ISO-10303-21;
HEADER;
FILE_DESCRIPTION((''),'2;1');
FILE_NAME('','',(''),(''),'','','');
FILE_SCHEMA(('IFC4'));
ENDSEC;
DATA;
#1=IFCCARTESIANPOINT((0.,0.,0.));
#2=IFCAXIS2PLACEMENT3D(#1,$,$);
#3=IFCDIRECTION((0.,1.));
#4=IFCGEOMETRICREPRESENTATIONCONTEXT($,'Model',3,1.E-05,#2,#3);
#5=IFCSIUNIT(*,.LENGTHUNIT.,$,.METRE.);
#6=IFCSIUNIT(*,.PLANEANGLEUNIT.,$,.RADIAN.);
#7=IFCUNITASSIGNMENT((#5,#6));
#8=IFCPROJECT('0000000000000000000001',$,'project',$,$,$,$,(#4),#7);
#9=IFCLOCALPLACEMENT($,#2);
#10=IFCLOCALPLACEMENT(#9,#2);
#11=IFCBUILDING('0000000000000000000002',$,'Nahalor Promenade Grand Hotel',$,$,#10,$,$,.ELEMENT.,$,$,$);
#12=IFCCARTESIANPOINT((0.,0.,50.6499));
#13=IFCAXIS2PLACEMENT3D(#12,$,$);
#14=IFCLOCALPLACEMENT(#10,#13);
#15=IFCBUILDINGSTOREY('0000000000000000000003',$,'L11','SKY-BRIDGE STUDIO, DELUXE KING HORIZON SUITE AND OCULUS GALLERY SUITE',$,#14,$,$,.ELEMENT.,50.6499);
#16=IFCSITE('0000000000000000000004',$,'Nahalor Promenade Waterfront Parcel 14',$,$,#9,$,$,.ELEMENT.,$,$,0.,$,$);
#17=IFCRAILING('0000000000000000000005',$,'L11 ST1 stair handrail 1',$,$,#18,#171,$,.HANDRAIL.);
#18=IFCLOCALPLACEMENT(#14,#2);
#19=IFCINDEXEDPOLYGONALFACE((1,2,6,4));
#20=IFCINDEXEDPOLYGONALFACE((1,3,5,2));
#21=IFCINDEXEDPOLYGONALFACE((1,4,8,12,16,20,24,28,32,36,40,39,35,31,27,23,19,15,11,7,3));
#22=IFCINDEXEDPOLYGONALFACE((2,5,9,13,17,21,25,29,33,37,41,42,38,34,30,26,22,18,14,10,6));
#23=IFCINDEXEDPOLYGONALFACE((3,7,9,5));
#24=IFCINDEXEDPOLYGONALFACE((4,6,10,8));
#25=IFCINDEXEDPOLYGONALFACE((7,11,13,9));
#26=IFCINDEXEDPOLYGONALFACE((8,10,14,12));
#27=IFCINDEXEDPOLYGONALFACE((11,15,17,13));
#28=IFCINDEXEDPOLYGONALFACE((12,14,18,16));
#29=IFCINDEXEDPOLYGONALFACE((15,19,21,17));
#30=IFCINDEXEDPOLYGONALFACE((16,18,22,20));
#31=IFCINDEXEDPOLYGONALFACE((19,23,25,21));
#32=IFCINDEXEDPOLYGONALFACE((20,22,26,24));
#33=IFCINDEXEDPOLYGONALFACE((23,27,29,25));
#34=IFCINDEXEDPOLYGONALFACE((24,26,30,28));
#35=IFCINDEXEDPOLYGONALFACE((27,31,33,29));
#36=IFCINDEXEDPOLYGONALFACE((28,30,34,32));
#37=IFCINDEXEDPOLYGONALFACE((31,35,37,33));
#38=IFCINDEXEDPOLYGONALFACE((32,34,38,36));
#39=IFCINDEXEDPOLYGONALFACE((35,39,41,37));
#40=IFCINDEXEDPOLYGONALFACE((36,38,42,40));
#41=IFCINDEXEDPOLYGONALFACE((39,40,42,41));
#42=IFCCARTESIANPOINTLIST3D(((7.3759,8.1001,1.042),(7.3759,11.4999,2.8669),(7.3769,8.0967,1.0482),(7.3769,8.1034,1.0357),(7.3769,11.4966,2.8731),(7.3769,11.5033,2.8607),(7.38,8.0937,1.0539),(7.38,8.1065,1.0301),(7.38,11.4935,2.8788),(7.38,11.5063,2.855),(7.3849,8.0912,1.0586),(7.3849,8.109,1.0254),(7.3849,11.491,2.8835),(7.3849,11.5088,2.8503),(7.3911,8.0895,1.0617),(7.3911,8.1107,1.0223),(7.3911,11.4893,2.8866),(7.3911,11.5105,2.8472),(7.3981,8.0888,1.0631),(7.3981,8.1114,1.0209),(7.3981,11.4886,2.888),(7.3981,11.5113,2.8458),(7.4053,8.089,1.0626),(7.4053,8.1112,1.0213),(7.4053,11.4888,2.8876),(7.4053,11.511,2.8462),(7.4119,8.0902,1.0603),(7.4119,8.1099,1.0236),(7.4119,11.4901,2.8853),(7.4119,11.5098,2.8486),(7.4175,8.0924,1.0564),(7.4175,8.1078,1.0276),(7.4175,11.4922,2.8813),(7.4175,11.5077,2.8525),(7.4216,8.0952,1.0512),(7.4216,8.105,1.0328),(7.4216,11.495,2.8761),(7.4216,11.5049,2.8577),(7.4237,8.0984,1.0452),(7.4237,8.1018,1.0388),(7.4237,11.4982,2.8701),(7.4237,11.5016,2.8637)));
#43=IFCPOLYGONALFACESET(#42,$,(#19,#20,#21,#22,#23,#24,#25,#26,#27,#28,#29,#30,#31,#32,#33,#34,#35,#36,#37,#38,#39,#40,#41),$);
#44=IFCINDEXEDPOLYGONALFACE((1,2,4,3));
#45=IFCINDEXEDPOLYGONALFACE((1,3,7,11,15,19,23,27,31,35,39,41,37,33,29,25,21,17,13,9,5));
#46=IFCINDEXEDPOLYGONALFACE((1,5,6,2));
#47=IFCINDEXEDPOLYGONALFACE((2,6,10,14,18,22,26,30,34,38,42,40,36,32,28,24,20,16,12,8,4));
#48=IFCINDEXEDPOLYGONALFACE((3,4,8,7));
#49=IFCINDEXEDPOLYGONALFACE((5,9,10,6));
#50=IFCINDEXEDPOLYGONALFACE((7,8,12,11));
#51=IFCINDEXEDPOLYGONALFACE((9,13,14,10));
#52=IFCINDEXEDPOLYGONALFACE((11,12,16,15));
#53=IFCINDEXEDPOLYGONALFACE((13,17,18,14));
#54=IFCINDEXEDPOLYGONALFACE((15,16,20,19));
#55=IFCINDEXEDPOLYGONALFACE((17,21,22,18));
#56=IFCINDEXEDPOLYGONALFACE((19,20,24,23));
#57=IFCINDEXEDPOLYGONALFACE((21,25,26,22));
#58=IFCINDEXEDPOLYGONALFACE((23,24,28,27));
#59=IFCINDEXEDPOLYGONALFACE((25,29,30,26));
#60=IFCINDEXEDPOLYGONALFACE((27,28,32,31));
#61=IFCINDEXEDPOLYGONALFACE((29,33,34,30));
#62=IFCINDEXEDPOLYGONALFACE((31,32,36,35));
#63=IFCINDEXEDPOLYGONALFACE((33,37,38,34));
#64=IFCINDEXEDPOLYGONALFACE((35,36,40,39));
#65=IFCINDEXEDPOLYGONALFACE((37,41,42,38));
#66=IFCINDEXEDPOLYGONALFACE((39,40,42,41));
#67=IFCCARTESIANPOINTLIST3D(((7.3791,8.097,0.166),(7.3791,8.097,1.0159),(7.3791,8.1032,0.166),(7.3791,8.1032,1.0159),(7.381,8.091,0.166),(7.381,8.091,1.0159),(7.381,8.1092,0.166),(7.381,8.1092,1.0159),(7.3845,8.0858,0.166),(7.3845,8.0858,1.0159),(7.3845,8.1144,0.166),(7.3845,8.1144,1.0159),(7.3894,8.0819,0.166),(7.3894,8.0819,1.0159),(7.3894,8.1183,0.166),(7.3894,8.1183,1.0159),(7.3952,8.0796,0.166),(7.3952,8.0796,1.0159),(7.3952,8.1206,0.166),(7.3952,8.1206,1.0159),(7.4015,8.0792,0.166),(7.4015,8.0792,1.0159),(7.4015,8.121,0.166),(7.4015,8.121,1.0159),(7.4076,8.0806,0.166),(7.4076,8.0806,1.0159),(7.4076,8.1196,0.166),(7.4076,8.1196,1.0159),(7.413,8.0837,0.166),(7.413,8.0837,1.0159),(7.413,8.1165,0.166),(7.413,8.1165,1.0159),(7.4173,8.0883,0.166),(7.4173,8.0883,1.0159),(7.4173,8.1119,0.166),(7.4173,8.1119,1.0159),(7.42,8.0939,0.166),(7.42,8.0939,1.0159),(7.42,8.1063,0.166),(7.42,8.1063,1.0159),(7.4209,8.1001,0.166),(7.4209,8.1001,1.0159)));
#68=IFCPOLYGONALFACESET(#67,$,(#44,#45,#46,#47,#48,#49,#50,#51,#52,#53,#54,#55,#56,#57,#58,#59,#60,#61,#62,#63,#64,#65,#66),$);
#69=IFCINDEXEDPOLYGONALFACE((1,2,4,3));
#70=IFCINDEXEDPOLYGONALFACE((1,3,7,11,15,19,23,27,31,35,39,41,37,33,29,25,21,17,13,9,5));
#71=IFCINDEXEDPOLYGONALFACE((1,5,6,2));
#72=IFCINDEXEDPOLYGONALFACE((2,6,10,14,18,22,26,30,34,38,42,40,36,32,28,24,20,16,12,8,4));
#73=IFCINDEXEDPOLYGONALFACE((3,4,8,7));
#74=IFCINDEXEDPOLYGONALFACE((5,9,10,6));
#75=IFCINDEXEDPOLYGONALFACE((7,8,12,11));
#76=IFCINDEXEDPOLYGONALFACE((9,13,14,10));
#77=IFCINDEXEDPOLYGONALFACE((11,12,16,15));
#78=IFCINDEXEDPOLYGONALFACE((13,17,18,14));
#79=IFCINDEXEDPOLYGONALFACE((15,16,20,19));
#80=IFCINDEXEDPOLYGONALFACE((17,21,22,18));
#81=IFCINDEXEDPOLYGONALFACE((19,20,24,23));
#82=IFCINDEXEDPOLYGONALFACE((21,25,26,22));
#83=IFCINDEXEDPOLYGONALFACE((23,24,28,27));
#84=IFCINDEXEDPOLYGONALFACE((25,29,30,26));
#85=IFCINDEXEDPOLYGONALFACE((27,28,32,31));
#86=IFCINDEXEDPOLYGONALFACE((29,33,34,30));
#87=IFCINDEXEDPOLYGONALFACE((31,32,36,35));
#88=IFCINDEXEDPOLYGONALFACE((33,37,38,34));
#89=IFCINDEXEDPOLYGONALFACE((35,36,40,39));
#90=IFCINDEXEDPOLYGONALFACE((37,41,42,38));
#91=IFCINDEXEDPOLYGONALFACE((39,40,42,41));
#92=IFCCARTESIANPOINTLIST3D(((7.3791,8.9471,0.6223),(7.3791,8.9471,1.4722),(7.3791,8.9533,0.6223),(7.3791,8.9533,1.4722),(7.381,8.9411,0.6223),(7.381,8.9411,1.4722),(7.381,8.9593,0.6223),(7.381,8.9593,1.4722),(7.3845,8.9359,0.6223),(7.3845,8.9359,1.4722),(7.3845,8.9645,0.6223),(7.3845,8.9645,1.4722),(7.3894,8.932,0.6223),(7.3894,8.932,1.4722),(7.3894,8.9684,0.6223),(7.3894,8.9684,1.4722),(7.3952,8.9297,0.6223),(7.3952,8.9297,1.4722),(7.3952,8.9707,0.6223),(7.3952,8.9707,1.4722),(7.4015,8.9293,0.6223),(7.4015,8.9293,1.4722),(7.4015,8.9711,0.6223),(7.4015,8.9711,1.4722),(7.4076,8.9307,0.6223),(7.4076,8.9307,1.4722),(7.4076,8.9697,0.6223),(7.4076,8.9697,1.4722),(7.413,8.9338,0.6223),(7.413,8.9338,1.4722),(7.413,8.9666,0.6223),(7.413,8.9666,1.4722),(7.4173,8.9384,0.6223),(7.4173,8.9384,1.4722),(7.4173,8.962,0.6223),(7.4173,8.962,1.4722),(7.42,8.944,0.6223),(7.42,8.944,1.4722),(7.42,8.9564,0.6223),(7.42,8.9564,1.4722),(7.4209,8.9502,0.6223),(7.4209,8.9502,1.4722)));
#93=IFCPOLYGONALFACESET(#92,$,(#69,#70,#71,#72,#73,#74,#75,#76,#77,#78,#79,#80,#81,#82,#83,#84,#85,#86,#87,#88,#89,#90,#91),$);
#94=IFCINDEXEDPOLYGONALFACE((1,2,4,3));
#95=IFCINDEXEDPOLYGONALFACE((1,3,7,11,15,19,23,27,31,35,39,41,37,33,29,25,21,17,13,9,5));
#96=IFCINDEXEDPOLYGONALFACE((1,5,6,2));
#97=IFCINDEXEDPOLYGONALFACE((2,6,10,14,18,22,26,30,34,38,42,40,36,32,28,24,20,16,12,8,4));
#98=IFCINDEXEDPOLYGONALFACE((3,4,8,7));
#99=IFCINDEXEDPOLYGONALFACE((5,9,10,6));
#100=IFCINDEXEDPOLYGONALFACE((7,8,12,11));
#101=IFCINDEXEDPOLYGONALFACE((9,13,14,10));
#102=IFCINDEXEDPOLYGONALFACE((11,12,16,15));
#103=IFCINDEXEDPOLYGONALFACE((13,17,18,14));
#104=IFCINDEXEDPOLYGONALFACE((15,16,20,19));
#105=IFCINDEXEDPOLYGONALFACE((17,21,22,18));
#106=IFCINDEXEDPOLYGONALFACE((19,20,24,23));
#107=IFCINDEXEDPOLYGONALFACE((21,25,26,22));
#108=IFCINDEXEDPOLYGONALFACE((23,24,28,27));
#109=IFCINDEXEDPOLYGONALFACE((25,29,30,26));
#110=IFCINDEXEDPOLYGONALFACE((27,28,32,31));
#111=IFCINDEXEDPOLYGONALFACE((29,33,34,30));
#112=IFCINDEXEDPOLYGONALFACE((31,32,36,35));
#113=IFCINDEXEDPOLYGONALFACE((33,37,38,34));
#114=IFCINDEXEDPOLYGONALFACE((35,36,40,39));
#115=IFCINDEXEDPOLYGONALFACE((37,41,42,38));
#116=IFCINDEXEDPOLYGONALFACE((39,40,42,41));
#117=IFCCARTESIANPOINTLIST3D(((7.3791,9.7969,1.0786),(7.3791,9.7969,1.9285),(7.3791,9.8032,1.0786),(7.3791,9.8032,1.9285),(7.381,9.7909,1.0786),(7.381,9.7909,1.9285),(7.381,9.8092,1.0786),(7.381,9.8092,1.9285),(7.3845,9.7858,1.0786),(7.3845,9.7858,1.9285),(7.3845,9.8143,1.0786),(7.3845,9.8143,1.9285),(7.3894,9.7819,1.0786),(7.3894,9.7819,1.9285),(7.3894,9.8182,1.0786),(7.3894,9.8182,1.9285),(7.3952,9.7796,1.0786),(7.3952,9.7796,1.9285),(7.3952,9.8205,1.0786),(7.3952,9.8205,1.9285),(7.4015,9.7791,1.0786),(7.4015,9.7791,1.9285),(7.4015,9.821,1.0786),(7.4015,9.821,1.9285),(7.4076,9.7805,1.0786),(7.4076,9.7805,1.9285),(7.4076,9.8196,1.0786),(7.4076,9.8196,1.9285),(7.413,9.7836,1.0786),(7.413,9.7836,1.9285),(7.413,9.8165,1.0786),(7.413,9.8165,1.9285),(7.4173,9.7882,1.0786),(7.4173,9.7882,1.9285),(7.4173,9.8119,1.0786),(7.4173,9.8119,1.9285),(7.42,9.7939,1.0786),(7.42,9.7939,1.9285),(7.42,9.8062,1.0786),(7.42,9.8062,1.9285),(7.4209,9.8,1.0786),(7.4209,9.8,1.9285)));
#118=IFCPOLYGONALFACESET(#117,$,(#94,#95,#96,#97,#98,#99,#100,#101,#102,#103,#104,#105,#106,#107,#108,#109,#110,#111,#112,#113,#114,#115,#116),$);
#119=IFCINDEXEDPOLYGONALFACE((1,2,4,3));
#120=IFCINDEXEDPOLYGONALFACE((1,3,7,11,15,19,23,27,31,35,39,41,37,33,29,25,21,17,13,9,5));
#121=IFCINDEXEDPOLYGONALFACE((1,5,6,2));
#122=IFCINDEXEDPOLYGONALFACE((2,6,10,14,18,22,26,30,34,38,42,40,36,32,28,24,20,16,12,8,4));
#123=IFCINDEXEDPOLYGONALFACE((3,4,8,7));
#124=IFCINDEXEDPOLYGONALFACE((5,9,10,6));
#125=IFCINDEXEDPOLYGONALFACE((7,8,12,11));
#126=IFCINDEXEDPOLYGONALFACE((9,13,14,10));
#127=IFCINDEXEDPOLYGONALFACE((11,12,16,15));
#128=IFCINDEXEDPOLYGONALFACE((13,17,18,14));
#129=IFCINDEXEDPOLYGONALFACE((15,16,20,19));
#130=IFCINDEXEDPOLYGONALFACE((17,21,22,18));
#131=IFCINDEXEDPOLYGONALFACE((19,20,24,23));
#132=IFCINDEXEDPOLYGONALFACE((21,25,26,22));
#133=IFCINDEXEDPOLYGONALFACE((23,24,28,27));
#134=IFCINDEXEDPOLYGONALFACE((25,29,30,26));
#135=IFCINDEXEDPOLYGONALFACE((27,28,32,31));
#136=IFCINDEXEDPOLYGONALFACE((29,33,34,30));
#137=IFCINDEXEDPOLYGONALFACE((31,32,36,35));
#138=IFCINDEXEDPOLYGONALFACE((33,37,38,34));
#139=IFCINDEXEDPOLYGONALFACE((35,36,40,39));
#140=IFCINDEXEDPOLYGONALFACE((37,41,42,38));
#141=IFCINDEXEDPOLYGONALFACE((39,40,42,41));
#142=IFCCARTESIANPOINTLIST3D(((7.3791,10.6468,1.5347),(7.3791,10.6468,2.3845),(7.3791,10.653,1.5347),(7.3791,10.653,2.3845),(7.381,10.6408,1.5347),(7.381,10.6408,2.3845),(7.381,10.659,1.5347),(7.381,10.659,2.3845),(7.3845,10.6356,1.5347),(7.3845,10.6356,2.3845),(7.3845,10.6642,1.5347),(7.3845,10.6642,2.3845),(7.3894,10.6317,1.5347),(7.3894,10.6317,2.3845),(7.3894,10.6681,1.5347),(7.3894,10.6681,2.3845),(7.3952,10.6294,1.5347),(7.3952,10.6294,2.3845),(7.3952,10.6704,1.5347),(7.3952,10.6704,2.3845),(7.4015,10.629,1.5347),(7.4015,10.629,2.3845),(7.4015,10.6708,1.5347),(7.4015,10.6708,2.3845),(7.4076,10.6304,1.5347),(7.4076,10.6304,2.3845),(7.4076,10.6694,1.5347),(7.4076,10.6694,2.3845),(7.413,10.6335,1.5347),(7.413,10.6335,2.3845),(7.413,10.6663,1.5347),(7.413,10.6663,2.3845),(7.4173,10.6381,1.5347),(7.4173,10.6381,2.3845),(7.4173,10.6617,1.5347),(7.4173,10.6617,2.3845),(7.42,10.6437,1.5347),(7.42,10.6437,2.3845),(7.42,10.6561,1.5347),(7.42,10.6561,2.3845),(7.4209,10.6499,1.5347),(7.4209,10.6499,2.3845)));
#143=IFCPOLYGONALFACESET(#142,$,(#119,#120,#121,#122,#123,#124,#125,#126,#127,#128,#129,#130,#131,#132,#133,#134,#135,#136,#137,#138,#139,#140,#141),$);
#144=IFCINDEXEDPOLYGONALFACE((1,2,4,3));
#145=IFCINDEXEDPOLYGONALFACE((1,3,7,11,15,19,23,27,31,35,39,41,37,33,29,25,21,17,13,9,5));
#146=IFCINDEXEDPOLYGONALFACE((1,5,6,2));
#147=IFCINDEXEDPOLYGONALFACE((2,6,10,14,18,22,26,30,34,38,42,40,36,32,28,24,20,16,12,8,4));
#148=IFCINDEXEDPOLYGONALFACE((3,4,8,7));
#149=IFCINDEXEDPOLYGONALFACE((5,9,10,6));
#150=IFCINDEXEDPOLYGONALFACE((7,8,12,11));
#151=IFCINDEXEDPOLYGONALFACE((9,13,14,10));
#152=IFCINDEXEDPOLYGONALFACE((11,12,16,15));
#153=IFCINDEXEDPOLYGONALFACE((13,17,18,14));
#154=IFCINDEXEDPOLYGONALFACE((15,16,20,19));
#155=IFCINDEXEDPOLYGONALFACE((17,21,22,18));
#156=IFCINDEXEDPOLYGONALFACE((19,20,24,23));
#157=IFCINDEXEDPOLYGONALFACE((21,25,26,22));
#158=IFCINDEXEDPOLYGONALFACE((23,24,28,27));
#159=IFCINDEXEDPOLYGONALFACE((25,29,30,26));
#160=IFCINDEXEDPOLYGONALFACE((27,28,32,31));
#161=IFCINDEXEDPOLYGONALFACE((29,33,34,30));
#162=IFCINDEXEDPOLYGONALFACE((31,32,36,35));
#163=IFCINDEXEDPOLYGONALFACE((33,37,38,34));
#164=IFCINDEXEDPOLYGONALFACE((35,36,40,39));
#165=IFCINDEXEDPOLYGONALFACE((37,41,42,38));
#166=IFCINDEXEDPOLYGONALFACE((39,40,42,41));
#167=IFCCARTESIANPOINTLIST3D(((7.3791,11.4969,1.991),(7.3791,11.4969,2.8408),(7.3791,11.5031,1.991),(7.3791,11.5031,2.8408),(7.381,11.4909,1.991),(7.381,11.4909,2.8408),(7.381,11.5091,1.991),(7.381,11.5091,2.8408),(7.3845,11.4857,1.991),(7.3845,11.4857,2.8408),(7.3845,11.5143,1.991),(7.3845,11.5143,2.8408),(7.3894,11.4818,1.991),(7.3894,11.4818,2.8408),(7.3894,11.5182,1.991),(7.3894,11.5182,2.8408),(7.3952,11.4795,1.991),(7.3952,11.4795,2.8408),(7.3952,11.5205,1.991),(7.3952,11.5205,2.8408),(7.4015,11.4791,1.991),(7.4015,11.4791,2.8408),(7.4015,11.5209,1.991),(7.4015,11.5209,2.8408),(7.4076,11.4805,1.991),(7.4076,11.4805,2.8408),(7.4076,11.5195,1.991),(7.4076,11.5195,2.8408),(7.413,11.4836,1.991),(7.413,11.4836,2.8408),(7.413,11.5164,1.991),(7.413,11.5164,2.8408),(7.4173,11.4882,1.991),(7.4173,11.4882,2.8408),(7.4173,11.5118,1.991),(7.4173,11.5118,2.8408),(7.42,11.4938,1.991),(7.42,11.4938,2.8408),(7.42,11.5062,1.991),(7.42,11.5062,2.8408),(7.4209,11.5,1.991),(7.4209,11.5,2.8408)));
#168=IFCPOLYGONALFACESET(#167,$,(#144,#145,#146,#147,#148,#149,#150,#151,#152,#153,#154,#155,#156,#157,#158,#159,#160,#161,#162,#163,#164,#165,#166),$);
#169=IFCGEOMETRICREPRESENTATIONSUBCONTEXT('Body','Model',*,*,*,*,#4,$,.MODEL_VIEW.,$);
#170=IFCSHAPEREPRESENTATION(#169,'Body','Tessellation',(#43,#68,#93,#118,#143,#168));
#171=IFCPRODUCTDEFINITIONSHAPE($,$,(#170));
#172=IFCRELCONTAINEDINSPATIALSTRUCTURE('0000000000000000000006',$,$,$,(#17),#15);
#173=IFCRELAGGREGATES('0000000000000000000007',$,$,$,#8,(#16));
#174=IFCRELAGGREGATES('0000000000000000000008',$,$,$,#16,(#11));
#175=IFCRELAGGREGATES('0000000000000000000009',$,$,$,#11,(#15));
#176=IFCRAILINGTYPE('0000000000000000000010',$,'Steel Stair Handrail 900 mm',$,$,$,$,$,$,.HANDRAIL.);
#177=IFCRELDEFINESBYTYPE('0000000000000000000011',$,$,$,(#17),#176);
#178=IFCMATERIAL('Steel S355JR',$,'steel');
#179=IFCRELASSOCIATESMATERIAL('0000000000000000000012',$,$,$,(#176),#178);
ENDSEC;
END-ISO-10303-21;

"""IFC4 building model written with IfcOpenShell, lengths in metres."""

from ifc_helpers import new_model, si_unit, direction, frame, origin, origin_2d, place, context, subcontext, project, spatial, circle, extrude, material, type_object, element, save


model = new_model("IFC4")

# Units and contexts
model_context = context("Model", 3, precision=1e-05, world=origin(), true_north=direction((0.0, 1.0)))
body_context = subcontext(model_context, "Body", "Model", "MODEL_VIEW")
ifc_project = project(units=[si_unit("LENGTHUNIT", "METRE"), si_unit("PLANEANGLEUNIT", "RADIAN")], contexts=[model_context])

# Site, building, storey
site_placement = place(None, origin())
site = spatial("IfcSite", under=ifc_project, at=site_placement, Name="Nahalor Promenade Waterfront Parcel 14", CompositionType="ELEMENT", RefElevation=0.0)
building_placement = place(site_placement, origin())
building = spatial("IfcBuilding", under=site, at=building_placement, Name="Nahalor Promenade Grand Hotel", CompositionType="ELEMENT")
storey_placement = place(building_placement, frame((0.0, 0.0, 50.6499)))
storey = spatial("IfcBuildingStorey", under=building, at=storey_placement, Name="L11", Description="SKY-BRIDGE STUDIO, DELUXE KING HORIZON SUITE AND OCULUS GALLERY SUITE", CompositionType="ELEMENT", Elevation=50.6499)

# Shared definitions
ifc_material_1 = material(Name="Steel S355JR", Category="steel")

# Railing
railing_type_1 = type_object("IfcRailingType", Name="Steel Stair Handrail 900 mm", PredefinedType="HANDRAIL", material=ifc_material_1)
railing_1_placement = place(storey_placement, frame((7.3999, 8.1001, 0.166)))
element("IfcRailing", 1, at=railing_1_placement, inside=storey, type_object=railing_type_1, Name="L11 ST1 stair handrail 1", PredefinedType="HANDRAIL", context=body_context, shape_type="SweptSolid", body=[
    extrude(circle(Radius=0.024, at=origin_2d()), frame((0.0, 0.0, 0.876), z_axis=(0.0, 0.881094, 0.472941), x_axis=(-1.0, 0.0, 0.0)), (0.0, 0.0, 1.0), 3.8586),
    extrude(circle(Radius=0.021, at=origin_2d()), origin(), (0.0, 0.0, 1.0), 0.8499),
    extrude(circle(Radius=0.021, at=origin_2d()), frame((0.0, 0.8501, 0.4563)), (0.0, 0.0, 1.0), 0.8499),
    extrude(circle(Radius=0.021, at=origin_2d()), frame((0.0, 1.7, 0.9126)), (0.0, 0.0, 1.0), 0.8499),
    extrude(circle(Radius=0.021, at=origin_2d()), frame((0.0, 2.5498, 1.3687)), (0.0, 0.0, 1.0), 0.8499),
    extrude(circle(Radius=0.021, at=origin_2d()), frame((0.0, 3.3999, 1.825)), (0.0, 0.0, 1.0), 0.8499),
])

save(model, "model.ifc")
